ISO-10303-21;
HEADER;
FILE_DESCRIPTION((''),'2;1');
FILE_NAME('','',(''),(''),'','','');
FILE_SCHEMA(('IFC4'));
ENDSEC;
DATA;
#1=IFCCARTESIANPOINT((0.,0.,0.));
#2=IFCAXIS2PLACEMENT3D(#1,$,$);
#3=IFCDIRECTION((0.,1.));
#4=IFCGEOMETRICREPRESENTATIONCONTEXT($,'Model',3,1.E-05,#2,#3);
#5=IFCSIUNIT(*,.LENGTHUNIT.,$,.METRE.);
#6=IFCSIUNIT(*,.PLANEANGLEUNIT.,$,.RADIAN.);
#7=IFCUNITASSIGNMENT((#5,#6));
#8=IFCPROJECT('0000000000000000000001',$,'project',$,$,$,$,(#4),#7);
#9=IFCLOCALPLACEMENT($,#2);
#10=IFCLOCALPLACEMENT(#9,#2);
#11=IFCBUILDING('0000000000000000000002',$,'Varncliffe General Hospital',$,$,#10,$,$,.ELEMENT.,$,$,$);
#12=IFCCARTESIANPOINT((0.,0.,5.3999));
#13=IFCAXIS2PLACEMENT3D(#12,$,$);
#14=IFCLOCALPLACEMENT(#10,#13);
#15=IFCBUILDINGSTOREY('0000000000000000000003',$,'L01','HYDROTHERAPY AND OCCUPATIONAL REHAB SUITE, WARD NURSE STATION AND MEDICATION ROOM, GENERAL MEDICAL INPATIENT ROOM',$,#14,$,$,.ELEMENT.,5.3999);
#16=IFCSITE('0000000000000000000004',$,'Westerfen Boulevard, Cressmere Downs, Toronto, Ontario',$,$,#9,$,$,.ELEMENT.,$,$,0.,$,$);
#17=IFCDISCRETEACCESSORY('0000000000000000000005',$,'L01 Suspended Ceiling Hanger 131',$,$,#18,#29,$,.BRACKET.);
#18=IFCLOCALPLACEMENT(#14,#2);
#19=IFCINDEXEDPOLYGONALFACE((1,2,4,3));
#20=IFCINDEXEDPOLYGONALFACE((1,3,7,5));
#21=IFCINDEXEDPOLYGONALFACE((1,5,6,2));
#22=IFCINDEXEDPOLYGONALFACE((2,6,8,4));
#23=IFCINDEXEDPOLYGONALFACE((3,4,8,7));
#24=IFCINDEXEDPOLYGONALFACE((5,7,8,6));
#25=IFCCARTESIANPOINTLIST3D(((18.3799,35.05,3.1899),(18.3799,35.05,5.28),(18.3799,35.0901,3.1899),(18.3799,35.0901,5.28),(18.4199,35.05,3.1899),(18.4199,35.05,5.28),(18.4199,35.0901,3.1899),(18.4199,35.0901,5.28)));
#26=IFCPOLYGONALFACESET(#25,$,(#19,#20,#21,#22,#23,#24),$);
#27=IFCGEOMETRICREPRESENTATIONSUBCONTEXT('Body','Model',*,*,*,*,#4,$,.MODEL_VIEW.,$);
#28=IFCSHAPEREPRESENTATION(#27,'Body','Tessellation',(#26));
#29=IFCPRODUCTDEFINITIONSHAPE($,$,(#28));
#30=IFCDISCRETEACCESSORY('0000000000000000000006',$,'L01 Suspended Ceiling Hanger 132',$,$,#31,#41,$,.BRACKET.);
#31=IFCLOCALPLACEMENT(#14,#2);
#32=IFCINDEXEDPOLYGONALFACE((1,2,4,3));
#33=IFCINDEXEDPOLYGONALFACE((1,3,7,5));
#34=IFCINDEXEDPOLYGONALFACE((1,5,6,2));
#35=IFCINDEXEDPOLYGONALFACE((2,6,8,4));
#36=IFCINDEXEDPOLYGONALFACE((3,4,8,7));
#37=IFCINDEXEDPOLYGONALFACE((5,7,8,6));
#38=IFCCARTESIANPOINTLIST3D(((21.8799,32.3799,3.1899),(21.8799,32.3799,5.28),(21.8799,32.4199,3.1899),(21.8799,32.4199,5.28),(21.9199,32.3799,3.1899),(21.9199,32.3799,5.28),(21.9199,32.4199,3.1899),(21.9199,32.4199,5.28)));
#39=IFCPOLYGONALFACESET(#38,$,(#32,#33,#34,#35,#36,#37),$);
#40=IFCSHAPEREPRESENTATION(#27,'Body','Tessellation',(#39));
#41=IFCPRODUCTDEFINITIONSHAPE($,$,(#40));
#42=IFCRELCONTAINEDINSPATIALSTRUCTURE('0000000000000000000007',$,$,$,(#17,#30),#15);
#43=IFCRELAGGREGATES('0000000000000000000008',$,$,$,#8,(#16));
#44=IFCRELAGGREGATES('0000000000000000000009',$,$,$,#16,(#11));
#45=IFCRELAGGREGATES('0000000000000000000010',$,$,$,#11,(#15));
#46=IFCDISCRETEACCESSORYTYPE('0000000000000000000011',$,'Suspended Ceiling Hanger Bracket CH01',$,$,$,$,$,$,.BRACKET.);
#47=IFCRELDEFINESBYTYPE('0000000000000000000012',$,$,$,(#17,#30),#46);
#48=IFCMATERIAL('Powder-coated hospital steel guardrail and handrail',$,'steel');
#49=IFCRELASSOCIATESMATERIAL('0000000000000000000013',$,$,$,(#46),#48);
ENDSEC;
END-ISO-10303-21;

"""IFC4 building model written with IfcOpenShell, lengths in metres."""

from ifc_helpers import new_model, si_unit, direction, frame, origin, origin_2d, place, context, subcontext, project, spatial, rectangle, extrude, material, type_object, element, save


model = new_model("IFC4")

# Units and contexts
model_context = context("Model", 3, precision=1e-05, world=origin(), true_north=direction((0.0, 1.0)))
body_context = subcontext(model_context, "Body", "Model", "MODEL_VIEW")
ifc_project = project(units=[si_unit("LENGTHUNIT", "METRE"), si_unit("PLANEANGLEUNIT", "RADIAN")], contexts=[model_context])

# Site, building, storey
site_placement = place(None, origin())
site = spatial("IfcSite", under=ifc_project, at=site_placement, Name="Westerfen Boulevard, Cressmere Downs, Toronto, Ontario", CompositionType="ELEMENT", RefElevation=0.0)
building_placement = place(site_placement, origin())
building = spatial("IfcBuilding", under=site, at=building_placement, Name="Varncliffe General Hospital", CompositionType="ELEMENT")
storey_placement = place(building_placement, frame((0.0, 0.0, 5.3999)))
storey = spatial("IfcBuildingStorey", under=building, at=storey_placement, Name="L01", Description="HYDROTHERAPY AND OCCUPATIONAL REHAB SUITE, WARD NURSE STATION AND MEDICATION ROOM, GENERAL MEDICAL INPATIENT ROOM", CompositionType="ELEMENT", Elevation=5.3999)

# Discrete accessories
ifc_material_1 = material(Name="Powder-coated hospital steel guardrail and handrail", Category="steel")
discrete_accessory_type = type_object("IfcDiscreteAccessoryType", Name="Suspended Ceiling Hanger Bracket CH01", PredefinedType="BRACKET", material=ifc_material_1)
for number, where, z_axis, x_axis, name in (
    (1, (18.3999, 35.0701, 3.1899), (0.0, 0.0, 1.0), (1.0, 0.0, 0.0), "L01 Suspended Ceiling Hanger 131"),
    (2, (21.8999, 32.3999, 3.1899), (0.0, 0.0, 1.0), (1.0, 0.0, 0.0), "L01 Suspended Ceiling Hanger 132"),
):
    element("IfcDiscreteAccessory", number, at=place(storey_placement, frame(where, z_axis=z_axis, x_axis=x_axis)), inside=storey, type_object=discrete_accessory_type, Name=name, PredefinedType="BRACKET", context=body_context, shape_type="SweptSolid", body=[
        extrude(rectangle(XDim=0.04, YDim=0.04, at=origin_2d()), origin(), (0.0, 0.0, 1.0), 2.0901),
    ])

save(model, "model.ifc")
